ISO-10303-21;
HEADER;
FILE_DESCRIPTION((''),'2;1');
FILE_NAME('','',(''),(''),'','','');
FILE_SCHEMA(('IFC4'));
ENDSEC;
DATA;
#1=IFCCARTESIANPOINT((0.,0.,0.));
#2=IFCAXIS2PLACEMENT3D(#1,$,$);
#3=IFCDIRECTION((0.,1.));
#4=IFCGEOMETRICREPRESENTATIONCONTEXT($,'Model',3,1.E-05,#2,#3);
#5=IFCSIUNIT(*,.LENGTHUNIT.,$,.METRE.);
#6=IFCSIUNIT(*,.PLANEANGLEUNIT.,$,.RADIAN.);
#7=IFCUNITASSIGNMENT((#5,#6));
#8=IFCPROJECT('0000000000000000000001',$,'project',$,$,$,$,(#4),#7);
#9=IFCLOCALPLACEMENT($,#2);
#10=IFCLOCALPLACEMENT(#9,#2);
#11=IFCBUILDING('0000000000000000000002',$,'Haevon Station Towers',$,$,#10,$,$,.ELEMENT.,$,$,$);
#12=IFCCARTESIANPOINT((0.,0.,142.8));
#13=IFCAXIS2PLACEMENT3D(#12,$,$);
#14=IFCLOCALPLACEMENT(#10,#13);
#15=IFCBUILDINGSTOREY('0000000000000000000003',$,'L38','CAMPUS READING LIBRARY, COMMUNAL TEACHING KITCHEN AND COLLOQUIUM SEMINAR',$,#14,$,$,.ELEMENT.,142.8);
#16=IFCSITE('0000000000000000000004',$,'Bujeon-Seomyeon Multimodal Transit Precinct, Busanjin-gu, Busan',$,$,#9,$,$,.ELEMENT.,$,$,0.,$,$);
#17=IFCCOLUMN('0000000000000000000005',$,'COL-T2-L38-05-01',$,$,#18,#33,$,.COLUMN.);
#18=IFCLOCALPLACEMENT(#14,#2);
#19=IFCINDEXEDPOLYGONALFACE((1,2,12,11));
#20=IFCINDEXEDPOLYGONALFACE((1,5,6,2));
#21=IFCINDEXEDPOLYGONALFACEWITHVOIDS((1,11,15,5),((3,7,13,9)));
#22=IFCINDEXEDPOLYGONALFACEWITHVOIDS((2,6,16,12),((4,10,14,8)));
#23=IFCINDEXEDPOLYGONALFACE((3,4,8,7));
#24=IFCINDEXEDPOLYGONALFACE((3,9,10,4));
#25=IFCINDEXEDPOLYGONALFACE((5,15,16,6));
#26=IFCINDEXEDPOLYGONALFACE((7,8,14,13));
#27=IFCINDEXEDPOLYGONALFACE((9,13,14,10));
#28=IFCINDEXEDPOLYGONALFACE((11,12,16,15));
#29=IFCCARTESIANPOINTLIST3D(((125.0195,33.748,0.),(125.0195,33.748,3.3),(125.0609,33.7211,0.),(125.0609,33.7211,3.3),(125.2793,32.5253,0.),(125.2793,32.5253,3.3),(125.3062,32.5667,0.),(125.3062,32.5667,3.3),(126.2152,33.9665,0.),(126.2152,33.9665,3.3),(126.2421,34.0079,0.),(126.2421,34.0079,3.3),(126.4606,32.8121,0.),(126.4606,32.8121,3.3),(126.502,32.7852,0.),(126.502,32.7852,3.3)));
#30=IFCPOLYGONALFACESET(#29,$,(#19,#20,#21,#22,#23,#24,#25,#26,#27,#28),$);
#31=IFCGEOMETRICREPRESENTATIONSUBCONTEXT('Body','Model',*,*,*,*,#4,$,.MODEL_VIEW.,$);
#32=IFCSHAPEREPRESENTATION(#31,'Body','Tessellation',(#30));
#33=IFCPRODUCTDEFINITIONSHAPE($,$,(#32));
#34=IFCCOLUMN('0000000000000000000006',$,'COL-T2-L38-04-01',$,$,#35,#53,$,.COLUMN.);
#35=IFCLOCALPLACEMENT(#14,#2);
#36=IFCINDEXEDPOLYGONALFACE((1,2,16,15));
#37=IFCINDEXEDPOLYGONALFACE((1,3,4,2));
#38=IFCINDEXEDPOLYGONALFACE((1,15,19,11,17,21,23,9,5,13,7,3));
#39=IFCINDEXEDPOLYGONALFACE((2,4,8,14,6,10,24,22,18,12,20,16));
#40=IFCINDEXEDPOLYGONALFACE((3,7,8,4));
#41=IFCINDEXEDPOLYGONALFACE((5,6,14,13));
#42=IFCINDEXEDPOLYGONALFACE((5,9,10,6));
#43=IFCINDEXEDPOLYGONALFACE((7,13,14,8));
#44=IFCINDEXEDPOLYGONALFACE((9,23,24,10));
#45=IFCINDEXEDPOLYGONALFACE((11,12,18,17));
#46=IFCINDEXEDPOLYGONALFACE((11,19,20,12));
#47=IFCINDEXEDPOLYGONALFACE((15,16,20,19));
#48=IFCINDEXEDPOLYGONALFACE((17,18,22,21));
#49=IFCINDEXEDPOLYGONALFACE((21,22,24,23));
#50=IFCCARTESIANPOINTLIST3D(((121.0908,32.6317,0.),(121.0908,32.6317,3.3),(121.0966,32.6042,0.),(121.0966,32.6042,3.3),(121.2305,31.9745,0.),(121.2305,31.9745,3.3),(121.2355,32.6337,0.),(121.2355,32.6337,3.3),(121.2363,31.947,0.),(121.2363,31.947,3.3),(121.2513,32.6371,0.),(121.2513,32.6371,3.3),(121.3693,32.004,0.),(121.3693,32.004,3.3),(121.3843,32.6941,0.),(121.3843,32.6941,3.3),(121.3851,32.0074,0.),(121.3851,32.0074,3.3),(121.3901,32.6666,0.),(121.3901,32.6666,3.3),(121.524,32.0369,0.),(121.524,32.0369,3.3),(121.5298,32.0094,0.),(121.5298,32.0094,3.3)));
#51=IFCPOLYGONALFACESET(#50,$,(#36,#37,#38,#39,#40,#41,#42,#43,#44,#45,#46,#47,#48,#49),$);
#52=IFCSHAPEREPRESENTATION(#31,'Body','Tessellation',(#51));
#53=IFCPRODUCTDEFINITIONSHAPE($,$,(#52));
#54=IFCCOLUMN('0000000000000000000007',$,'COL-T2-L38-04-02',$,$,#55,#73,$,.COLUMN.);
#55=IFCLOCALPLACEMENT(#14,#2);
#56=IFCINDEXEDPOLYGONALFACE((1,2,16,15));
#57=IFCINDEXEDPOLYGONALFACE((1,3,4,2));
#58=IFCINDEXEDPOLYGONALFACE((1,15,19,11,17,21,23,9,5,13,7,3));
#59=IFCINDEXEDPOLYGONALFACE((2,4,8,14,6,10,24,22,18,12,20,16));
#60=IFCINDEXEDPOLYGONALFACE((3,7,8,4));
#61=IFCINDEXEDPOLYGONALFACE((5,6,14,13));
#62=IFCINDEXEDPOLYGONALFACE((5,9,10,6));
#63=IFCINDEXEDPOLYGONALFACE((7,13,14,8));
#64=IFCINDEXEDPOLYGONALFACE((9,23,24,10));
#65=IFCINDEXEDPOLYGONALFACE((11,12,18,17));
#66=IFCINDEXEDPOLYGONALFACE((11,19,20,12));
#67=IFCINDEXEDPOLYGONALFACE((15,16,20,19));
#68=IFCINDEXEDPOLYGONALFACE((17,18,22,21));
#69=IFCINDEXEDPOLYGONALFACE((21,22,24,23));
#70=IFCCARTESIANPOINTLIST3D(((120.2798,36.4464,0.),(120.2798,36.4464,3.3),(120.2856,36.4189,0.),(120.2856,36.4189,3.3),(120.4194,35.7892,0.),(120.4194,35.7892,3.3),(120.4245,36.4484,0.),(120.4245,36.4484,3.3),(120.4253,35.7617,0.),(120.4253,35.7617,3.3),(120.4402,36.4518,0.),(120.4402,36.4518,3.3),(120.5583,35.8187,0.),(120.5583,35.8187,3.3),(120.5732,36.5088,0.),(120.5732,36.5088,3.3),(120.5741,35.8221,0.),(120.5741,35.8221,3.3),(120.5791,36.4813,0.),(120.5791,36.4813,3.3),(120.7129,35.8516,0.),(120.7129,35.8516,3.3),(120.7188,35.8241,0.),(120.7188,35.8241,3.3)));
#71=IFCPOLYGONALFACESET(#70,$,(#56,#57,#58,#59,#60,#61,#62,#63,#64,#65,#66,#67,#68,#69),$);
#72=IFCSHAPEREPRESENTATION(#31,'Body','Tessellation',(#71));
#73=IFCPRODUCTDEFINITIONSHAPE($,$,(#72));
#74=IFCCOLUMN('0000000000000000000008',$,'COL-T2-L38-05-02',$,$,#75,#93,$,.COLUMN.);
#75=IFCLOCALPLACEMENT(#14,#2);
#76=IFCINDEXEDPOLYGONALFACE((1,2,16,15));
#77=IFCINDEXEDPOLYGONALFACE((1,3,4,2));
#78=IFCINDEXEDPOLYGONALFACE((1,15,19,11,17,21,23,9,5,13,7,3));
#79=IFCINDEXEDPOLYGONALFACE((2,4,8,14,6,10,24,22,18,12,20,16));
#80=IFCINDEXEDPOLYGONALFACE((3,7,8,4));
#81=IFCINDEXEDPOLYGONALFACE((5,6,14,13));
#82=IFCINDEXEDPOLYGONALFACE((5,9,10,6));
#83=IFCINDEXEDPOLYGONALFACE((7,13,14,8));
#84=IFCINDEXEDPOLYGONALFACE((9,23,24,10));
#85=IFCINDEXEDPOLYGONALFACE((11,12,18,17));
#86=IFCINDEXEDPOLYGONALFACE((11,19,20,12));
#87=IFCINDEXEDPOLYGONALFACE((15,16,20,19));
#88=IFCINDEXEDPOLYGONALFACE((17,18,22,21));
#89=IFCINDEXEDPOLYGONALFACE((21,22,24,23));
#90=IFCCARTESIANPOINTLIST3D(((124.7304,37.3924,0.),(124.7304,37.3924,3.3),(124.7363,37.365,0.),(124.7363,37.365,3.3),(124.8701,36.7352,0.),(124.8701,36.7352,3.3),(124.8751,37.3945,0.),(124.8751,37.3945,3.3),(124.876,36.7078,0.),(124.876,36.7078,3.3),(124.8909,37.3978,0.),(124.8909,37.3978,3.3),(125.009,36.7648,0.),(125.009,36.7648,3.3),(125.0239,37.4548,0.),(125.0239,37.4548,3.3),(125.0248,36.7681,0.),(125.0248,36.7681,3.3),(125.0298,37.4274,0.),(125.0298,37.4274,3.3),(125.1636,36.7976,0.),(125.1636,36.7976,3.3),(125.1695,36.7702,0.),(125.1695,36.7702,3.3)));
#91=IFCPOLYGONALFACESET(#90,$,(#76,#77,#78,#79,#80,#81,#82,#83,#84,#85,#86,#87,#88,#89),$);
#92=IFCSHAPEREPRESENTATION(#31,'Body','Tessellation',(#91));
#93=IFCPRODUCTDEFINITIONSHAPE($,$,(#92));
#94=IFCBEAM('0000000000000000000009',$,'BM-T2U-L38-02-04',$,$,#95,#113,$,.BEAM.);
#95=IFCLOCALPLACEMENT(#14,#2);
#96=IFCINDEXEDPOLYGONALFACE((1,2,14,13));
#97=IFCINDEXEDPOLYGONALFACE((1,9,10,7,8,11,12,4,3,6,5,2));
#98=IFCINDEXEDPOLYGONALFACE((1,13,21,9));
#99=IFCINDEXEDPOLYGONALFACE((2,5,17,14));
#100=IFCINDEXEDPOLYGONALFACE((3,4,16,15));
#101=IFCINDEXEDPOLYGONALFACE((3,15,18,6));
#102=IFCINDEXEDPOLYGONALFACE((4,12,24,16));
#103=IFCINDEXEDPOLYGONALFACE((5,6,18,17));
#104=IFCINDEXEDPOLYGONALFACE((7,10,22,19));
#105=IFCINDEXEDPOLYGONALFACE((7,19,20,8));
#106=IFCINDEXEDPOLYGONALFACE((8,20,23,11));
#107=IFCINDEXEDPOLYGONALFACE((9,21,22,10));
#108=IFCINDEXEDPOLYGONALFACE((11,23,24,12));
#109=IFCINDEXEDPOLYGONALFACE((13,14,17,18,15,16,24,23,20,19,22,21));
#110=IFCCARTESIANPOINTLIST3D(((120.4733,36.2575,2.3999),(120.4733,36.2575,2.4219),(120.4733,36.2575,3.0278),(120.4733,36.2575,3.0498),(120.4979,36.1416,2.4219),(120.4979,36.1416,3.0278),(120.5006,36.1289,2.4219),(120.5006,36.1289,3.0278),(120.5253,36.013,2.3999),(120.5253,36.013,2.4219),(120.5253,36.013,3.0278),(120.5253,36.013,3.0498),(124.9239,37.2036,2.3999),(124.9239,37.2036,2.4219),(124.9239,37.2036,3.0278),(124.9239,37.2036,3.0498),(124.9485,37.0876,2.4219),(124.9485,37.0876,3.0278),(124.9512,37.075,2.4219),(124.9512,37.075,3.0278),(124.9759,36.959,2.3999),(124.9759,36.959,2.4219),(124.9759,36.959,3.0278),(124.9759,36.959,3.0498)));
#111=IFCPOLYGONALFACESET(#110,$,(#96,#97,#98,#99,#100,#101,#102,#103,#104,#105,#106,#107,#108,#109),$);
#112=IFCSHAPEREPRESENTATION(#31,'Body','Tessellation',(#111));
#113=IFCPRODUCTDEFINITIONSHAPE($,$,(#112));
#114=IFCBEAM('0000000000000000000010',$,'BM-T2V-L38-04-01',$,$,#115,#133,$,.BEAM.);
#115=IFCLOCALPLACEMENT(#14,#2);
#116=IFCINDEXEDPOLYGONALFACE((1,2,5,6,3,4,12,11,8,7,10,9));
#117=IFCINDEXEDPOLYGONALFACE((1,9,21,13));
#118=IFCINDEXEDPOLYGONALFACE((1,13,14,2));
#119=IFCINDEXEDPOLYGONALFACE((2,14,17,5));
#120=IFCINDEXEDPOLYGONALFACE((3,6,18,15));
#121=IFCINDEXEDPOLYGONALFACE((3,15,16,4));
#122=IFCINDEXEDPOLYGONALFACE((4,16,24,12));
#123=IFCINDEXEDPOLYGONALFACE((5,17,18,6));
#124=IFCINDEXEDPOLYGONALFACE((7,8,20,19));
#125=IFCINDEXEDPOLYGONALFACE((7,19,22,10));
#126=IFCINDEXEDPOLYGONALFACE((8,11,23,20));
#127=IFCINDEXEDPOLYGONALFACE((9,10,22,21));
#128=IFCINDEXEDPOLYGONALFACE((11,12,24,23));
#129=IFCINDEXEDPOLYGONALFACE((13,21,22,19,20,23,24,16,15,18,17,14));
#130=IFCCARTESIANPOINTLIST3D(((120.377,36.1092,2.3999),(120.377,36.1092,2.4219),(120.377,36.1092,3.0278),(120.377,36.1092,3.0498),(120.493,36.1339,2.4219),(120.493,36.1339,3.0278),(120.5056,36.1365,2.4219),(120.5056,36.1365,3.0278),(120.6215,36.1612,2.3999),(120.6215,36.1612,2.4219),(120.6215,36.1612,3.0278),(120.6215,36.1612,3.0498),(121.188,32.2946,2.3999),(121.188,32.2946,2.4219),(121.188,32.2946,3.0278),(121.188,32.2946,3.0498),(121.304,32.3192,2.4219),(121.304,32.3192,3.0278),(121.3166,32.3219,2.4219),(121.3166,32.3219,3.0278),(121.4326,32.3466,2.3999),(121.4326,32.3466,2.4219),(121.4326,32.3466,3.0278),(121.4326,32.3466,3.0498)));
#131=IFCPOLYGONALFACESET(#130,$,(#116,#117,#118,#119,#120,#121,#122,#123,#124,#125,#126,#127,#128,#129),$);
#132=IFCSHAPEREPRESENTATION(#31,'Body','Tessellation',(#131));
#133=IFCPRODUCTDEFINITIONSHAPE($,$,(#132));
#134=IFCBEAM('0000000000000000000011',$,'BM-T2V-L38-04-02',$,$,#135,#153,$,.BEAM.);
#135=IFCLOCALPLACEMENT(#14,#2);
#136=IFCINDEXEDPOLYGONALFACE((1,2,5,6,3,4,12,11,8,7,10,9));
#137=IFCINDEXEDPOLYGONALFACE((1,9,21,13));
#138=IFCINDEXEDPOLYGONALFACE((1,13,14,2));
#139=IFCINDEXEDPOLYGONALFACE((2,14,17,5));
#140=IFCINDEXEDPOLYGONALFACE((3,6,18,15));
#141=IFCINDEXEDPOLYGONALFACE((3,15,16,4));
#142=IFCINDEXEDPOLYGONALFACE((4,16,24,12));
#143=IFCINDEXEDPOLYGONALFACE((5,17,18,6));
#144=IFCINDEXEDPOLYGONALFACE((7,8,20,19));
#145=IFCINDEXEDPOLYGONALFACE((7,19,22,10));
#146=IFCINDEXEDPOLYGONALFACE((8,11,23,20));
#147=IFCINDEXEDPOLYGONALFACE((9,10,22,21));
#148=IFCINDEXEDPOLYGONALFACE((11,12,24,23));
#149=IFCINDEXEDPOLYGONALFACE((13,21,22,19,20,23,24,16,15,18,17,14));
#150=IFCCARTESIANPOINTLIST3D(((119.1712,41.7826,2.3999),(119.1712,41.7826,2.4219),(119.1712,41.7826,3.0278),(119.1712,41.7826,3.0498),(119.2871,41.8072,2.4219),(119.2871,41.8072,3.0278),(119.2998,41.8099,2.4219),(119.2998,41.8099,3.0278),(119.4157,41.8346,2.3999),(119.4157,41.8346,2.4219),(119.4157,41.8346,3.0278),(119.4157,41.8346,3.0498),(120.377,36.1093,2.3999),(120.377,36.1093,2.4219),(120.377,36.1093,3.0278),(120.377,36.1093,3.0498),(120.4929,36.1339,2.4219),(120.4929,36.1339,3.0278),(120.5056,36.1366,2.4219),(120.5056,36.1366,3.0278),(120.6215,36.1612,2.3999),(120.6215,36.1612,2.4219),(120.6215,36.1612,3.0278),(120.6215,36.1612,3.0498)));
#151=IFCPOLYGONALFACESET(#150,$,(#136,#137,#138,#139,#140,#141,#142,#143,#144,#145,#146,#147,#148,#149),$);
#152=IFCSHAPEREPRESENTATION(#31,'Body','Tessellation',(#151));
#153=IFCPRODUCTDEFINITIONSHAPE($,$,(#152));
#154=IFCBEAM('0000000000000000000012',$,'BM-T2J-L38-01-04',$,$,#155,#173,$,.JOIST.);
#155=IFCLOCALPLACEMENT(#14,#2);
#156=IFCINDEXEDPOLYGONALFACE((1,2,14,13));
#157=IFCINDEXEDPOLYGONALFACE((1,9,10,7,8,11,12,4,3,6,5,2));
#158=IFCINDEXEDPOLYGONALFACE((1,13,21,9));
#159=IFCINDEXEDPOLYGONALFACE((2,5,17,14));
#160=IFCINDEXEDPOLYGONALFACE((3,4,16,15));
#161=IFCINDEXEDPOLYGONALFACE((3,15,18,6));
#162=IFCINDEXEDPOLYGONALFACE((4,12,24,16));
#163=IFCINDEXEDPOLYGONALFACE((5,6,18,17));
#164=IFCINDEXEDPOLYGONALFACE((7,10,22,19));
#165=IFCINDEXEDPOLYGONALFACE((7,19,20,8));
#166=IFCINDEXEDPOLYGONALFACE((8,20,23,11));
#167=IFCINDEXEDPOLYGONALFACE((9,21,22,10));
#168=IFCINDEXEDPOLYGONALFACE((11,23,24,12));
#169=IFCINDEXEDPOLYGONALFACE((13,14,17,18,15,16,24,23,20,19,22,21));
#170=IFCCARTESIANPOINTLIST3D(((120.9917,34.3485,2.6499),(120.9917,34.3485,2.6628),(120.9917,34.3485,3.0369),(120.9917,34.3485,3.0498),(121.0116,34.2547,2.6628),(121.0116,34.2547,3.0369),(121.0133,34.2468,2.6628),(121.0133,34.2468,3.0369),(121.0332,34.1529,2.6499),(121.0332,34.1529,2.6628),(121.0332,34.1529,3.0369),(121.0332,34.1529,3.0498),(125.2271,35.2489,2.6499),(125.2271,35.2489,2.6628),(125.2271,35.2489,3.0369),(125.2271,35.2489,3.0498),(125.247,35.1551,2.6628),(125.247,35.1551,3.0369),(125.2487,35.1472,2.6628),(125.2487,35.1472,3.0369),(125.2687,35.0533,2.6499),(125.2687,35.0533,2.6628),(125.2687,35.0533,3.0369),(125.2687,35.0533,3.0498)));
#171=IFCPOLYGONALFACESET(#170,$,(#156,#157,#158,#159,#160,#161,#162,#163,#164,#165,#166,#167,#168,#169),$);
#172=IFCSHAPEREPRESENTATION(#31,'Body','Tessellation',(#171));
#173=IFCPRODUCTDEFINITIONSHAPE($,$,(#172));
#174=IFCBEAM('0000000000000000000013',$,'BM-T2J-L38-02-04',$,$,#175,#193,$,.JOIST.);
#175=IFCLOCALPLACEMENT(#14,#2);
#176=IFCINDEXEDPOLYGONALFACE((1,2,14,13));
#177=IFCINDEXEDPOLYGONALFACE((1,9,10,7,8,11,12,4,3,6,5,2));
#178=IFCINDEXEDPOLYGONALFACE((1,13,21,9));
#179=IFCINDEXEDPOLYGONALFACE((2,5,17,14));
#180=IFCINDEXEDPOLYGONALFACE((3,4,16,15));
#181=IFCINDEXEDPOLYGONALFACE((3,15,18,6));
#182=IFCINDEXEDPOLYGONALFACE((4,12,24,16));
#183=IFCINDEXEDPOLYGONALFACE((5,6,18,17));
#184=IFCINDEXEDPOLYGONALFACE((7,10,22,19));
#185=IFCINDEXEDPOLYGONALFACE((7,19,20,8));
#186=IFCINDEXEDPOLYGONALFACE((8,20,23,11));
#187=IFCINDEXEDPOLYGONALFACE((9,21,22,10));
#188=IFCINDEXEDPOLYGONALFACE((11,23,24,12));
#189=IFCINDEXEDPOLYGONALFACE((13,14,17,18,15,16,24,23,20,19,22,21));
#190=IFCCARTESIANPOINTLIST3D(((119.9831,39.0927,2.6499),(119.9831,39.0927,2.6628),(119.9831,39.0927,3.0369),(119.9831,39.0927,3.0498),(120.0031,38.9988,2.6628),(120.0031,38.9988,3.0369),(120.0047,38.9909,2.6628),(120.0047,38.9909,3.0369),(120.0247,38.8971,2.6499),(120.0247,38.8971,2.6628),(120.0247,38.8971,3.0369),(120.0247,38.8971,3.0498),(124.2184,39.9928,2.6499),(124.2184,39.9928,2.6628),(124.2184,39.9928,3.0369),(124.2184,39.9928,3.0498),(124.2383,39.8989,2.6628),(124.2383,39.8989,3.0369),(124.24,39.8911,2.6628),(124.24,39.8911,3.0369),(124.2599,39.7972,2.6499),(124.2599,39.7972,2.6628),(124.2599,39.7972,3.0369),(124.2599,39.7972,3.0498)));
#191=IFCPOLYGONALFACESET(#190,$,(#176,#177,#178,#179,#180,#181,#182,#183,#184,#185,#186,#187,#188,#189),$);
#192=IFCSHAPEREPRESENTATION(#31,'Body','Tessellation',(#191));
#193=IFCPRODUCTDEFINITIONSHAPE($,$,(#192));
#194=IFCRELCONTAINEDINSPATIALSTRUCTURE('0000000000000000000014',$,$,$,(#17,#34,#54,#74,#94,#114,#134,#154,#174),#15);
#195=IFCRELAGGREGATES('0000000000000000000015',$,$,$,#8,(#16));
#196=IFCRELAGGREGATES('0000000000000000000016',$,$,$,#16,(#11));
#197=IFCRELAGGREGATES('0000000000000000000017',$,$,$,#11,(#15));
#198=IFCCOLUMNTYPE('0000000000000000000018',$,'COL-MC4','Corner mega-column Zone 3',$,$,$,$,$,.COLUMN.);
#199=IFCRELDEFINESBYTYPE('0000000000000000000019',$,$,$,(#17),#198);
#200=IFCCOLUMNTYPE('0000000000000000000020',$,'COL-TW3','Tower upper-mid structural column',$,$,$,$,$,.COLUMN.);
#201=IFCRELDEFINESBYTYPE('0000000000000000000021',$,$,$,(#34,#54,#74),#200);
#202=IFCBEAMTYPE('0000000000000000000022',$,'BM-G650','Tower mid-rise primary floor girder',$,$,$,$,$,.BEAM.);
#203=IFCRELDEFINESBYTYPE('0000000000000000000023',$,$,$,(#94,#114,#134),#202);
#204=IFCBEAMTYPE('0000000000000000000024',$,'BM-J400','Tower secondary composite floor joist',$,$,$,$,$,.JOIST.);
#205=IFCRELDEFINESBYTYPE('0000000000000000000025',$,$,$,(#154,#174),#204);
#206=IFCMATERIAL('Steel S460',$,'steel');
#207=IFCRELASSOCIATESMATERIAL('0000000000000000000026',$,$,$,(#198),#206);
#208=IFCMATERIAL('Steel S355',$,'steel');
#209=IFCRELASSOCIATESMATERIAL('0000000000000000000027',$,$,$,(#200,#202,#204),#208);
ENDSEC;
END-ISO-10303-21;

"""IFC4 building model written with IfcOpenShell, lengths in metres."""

from ifc_helpers import new_model, si_unit, direction, frame, origin, origin_2d, place, context, subcontext, project, spatial, hollow_rectangle, i_section, extrude, material, material_profile, profile_set, type_object, element, save


model = new_model("IFC4")

# Units and contexts
model_context = context("Model", 3, precision=1e-05, world=origin(), true_north=direction((0.0, 1.0)))
body_context = subcontext(model_context, "Body", "Model", "MODEL_VIEW")
ifc_project = project(units=[si_unit("LENGTHUNIT", "METRE"), si_unit("PLANEANGLEUNIT", "RADIAN")], contexts=[model_context])

# Site, building, storey
site_placement = place(None, origin())
site = spatial("IfcSite", under=ifc_project, at=site_placement, Name="Bujeon-Seomyeon Multimodal Transit Precinct, Busanjin-gu, Busan", CompositionType="ELEMENT", RefElevation=0.0)
building_placement = place(site_placement, origin())
building = spatial("IfcBuilding", under=site, at=building_placement, Name="Haevon Station Towers", CompositionType="ELEMENT")
storey_placement = place(building_placement, frame((0.0, 0.0, 142.8)))
storey = spatial("IfcBuildingStorey", under=building, at=storey_placement, Name="L38", Description="CAMPUS READING LIBRARY, COMMUNAL TEACHING KITCHEN AND COLLOQUIUM SEMINAR", CompositionType="ELEMENT", Elevation=142.8)

# Columns
ifc_material_1 = material(Name="Steel S460", Category="steel")
ifc_material_profile_1 = material_profile(ifc_material_1, hollow_rectangle(XDim=1.25, YDim=1.25, WallThickness=0.0349, at=origin_2d()), Name="BOX-1250x1250x35")
ifc_profile_set_1 = profile_set([ifc_material_profile_1], Name="Steel S460")
column_type_1 = type_object("IfcColumnType", Name="COL-MC4", Description="Corner mega-column Zone 3", PredefinedType="COLUMN", material=ifc_profile_set_1)
column_placement = place(storey_placement, frame((125.7607, 33.2666, 0.0), z_axis=(0.0, 0.0, 1.0), x_axis=(0.978148, 0.207912, 0.0)))
element("IfcColumn", 1, at=column_placement, inside=storey, type_object=column_type_1, Name="COL-T2-L38-05-01", PredefinedType="COLUMN", context=body_context, shape_type="SweptSolid", body=[
    extrude(hollow_rectangle(XDim=1.25, YDim=1.25, WallThickness=0.0349, at=origin_2d()), origin(), (0.0, 0.0, 1.0), 3.3),
])
ifc_material_2 = material(Name="Steel S355", Category="steel")
ifc_material_profile_2 = material_profile(ifc_material_2, i_section(OverallWidth=0.3, OverallDepth=0.7, WebThickness=0.0161, FlangeThickness=0.0281, at=origin_2d()), Name="H-700x300x16x28")
ifc_profile_set_2 = profile_set([ifc_material_profile_2], Name="Steel S355")
column_type_2 = type_object("IfcColumnType", Name="COL-TW3", Description="Tower upper-mid structural column", PredefinedType="COLUMN", material=ifc_profile_set_2)
for number, where, z_axis, x_axis, name in (
    (2, (121.3103, 32.3206, 0.0), (0.0, 0.0, 1.0), (0.978148, 0.207912, 0.0), "COL-T2-L38-04-01"),
    (3, (120.4993, 36.1353, 0.0), (0.0, 0.0, 1.0), (0.978148, 0.207912, 0.0), "COL-T2-L38-04-02"),
    (4, (124.95, 37.0813, 0.0), (0.0, 0.0, 1.0), (0.978148, 0.207912, 0.0), "COL-T2-L38-05-02"),
):
    element("IfcColumn", number, at=place(storey_placement, frame(where, z_axis=z_axis, x_axis=x_axis)), inside=storey, type_object=column_type_2, Name=name, PredefinedType="COLUMN", context=body_context, shape_type="SweptSolid", body=[
        extrude(i_section(OverallWidth=0.3, OverallDepth=0.7, WebThickness=0.0161, FlangeThickness=0.0281, at=origin_2d()), origin(), (0.0, 0.0, 1.0), 3.3),
    ])

# Beams
ifc_material_profile_3 = material_profile(ifc_material_2, i_section(OverallWidth=0.25, OverallDepth=0.6499, WebThickness=0.0129, FlangeThickness=0.022, at=origin_2d()), Name="H-650x250x13x22")
ifc_profile_set_3 = profile_set([ifc_material_profile_3], Name="Steel S355")
beam_type_1 = type_object("IfcBeamType", Name="BM-G650", Description="Tower mid-rise primary floor girder", PredefinedType="BEAM", material=ifc_profile_set_3)
beam_1_placement = place(storey_placement, frame((120.4993, 36.1353, 2.7249), z_axis=(0.978147, 0.207917, 0.0), x_axis=(-0.207917, 0.978147, 0.0)))
element("IfcBeam", 5, at=beam_1_placement, inside=storey, type_object=beam_type_1, Name="BM-T2U-L38-02-04", PredefinedType="BEAM", context=body_context, shape_type="SweptSolid", body=[
    extrude(i_section(OverallWidth=0.25, OverallDepth=0.6499, WebThickness=0.0129, FlangeThickness=0.022, at=origin_2d()), origin(), (0.0, 0.0, 1.0), 4.55),
])
beam_2_placement = place(storey_placement, frame((121.3103, 32.3206, 2.7249), z_axis=(-0.20796, 0.978137, 0.0), x_axis=(-0.978137, -0.20796, 0.0)))
element("IfcBeam", 6, at=beam_2_placement, inside=storey, type_object=beam_type_1, Name="BM-T2V-L38-04-01", PredefinedType="BEAM", context=body_context, shape_type="SweptSolid", body=[
    extrude(i_section(OverallWidth=0.25, OverallDepth=0.6499, WebThickness=0.0129, FlangeThickness=0.022, at=origin_2d()), origin(), (0.0, 0.0, 1.0), 3.8999),
])
beam_3_placement = place(storey_placement, frame((120.4993, 36.1353, 2.7249), z_axis=(-0.207896, 0.978151, 0.0), x_axis=(-0.978151, -0.207896, 0.0)))
element("IfcBeam", 7, at=beam_3_placement, inside=storey, type_object=beam_type_1, Name="BM-T2V-L38-04-02", PredefinedType="BEAM", context=body_context, shape_type="SweptSolid", body=[
    extrude(i_section(OverallWidth=0.25, OverallDepth=0.6499, WebThickness=0.0129, FlangeThickness=0.022, at=origin_2d()), origin(), (0.0, 0.0, 1.0), 5.8),
])
ifc_material_profile_4 = material_profile(ifc_material_2, i_section(OverallWidth=0.2, OverallDepth=0.3999, WebThickness=0.0081, FlangeThickness=0.0129, at=origin_2d()), Name="H-400x200x8x13")
ifc_profile_set_4 = profile_set([ifc_material_profile_4], Name="Steel S355")
beam_type_2 = type_object("IfcBeamType", Name="BM-J400", Description="Tower secondary composite floor joist", PredefinedType="JOIST", material=ifc_profile_set_4)
beam_4_placement = place(storey_placement, frame((121.0125, 34.2507, 2.8499), z_axis=(0.978141, 0.207942, 0.0), x_axis=(-0.207942, 0.978141, 0.0)))
element("IfcBeam", 8, at=beam_4_placement, inside=storey, type_object=beam_type_2, Name="BM-T2J-L38-01-04", PredefinedType="JOIST", context=body_context, shape_type="SweptSolid", body=[
    extrude(i_section(OverallWidth=0.2, OverallDepth=0.3999, WebThickness=0.0081, FlangeThickness=0.0129, at=origin_2d()), origin(), (0.0, 0.0, 1.0), 4.3301),
])
beam_5_placement = place(storey_placement, frame((120.0039, 38.9949, 2.8499), z_axis=(0.978153, 0.207888, 0.0), x_axis=(-0.207888, 0.978153, 0.0)))
element("IfcBeam", 9, at=beam_5_placement, inside=storey, type_object=beam_type_2, Name="BM-T2J-L38-02-04", PredefinedType="JOIST", context=body_context, shape_type="SweptSolid", body=[
    extrude(i_section(OverallWidth=0.2, OverallDepth=0.3999, WebThickness=0.0081, FlangeThickness=0.0129, at=origin_2d()), origin(), (0.0, 0.0, 1.0), 4.3298),
])

save(model, "model.ifc")
